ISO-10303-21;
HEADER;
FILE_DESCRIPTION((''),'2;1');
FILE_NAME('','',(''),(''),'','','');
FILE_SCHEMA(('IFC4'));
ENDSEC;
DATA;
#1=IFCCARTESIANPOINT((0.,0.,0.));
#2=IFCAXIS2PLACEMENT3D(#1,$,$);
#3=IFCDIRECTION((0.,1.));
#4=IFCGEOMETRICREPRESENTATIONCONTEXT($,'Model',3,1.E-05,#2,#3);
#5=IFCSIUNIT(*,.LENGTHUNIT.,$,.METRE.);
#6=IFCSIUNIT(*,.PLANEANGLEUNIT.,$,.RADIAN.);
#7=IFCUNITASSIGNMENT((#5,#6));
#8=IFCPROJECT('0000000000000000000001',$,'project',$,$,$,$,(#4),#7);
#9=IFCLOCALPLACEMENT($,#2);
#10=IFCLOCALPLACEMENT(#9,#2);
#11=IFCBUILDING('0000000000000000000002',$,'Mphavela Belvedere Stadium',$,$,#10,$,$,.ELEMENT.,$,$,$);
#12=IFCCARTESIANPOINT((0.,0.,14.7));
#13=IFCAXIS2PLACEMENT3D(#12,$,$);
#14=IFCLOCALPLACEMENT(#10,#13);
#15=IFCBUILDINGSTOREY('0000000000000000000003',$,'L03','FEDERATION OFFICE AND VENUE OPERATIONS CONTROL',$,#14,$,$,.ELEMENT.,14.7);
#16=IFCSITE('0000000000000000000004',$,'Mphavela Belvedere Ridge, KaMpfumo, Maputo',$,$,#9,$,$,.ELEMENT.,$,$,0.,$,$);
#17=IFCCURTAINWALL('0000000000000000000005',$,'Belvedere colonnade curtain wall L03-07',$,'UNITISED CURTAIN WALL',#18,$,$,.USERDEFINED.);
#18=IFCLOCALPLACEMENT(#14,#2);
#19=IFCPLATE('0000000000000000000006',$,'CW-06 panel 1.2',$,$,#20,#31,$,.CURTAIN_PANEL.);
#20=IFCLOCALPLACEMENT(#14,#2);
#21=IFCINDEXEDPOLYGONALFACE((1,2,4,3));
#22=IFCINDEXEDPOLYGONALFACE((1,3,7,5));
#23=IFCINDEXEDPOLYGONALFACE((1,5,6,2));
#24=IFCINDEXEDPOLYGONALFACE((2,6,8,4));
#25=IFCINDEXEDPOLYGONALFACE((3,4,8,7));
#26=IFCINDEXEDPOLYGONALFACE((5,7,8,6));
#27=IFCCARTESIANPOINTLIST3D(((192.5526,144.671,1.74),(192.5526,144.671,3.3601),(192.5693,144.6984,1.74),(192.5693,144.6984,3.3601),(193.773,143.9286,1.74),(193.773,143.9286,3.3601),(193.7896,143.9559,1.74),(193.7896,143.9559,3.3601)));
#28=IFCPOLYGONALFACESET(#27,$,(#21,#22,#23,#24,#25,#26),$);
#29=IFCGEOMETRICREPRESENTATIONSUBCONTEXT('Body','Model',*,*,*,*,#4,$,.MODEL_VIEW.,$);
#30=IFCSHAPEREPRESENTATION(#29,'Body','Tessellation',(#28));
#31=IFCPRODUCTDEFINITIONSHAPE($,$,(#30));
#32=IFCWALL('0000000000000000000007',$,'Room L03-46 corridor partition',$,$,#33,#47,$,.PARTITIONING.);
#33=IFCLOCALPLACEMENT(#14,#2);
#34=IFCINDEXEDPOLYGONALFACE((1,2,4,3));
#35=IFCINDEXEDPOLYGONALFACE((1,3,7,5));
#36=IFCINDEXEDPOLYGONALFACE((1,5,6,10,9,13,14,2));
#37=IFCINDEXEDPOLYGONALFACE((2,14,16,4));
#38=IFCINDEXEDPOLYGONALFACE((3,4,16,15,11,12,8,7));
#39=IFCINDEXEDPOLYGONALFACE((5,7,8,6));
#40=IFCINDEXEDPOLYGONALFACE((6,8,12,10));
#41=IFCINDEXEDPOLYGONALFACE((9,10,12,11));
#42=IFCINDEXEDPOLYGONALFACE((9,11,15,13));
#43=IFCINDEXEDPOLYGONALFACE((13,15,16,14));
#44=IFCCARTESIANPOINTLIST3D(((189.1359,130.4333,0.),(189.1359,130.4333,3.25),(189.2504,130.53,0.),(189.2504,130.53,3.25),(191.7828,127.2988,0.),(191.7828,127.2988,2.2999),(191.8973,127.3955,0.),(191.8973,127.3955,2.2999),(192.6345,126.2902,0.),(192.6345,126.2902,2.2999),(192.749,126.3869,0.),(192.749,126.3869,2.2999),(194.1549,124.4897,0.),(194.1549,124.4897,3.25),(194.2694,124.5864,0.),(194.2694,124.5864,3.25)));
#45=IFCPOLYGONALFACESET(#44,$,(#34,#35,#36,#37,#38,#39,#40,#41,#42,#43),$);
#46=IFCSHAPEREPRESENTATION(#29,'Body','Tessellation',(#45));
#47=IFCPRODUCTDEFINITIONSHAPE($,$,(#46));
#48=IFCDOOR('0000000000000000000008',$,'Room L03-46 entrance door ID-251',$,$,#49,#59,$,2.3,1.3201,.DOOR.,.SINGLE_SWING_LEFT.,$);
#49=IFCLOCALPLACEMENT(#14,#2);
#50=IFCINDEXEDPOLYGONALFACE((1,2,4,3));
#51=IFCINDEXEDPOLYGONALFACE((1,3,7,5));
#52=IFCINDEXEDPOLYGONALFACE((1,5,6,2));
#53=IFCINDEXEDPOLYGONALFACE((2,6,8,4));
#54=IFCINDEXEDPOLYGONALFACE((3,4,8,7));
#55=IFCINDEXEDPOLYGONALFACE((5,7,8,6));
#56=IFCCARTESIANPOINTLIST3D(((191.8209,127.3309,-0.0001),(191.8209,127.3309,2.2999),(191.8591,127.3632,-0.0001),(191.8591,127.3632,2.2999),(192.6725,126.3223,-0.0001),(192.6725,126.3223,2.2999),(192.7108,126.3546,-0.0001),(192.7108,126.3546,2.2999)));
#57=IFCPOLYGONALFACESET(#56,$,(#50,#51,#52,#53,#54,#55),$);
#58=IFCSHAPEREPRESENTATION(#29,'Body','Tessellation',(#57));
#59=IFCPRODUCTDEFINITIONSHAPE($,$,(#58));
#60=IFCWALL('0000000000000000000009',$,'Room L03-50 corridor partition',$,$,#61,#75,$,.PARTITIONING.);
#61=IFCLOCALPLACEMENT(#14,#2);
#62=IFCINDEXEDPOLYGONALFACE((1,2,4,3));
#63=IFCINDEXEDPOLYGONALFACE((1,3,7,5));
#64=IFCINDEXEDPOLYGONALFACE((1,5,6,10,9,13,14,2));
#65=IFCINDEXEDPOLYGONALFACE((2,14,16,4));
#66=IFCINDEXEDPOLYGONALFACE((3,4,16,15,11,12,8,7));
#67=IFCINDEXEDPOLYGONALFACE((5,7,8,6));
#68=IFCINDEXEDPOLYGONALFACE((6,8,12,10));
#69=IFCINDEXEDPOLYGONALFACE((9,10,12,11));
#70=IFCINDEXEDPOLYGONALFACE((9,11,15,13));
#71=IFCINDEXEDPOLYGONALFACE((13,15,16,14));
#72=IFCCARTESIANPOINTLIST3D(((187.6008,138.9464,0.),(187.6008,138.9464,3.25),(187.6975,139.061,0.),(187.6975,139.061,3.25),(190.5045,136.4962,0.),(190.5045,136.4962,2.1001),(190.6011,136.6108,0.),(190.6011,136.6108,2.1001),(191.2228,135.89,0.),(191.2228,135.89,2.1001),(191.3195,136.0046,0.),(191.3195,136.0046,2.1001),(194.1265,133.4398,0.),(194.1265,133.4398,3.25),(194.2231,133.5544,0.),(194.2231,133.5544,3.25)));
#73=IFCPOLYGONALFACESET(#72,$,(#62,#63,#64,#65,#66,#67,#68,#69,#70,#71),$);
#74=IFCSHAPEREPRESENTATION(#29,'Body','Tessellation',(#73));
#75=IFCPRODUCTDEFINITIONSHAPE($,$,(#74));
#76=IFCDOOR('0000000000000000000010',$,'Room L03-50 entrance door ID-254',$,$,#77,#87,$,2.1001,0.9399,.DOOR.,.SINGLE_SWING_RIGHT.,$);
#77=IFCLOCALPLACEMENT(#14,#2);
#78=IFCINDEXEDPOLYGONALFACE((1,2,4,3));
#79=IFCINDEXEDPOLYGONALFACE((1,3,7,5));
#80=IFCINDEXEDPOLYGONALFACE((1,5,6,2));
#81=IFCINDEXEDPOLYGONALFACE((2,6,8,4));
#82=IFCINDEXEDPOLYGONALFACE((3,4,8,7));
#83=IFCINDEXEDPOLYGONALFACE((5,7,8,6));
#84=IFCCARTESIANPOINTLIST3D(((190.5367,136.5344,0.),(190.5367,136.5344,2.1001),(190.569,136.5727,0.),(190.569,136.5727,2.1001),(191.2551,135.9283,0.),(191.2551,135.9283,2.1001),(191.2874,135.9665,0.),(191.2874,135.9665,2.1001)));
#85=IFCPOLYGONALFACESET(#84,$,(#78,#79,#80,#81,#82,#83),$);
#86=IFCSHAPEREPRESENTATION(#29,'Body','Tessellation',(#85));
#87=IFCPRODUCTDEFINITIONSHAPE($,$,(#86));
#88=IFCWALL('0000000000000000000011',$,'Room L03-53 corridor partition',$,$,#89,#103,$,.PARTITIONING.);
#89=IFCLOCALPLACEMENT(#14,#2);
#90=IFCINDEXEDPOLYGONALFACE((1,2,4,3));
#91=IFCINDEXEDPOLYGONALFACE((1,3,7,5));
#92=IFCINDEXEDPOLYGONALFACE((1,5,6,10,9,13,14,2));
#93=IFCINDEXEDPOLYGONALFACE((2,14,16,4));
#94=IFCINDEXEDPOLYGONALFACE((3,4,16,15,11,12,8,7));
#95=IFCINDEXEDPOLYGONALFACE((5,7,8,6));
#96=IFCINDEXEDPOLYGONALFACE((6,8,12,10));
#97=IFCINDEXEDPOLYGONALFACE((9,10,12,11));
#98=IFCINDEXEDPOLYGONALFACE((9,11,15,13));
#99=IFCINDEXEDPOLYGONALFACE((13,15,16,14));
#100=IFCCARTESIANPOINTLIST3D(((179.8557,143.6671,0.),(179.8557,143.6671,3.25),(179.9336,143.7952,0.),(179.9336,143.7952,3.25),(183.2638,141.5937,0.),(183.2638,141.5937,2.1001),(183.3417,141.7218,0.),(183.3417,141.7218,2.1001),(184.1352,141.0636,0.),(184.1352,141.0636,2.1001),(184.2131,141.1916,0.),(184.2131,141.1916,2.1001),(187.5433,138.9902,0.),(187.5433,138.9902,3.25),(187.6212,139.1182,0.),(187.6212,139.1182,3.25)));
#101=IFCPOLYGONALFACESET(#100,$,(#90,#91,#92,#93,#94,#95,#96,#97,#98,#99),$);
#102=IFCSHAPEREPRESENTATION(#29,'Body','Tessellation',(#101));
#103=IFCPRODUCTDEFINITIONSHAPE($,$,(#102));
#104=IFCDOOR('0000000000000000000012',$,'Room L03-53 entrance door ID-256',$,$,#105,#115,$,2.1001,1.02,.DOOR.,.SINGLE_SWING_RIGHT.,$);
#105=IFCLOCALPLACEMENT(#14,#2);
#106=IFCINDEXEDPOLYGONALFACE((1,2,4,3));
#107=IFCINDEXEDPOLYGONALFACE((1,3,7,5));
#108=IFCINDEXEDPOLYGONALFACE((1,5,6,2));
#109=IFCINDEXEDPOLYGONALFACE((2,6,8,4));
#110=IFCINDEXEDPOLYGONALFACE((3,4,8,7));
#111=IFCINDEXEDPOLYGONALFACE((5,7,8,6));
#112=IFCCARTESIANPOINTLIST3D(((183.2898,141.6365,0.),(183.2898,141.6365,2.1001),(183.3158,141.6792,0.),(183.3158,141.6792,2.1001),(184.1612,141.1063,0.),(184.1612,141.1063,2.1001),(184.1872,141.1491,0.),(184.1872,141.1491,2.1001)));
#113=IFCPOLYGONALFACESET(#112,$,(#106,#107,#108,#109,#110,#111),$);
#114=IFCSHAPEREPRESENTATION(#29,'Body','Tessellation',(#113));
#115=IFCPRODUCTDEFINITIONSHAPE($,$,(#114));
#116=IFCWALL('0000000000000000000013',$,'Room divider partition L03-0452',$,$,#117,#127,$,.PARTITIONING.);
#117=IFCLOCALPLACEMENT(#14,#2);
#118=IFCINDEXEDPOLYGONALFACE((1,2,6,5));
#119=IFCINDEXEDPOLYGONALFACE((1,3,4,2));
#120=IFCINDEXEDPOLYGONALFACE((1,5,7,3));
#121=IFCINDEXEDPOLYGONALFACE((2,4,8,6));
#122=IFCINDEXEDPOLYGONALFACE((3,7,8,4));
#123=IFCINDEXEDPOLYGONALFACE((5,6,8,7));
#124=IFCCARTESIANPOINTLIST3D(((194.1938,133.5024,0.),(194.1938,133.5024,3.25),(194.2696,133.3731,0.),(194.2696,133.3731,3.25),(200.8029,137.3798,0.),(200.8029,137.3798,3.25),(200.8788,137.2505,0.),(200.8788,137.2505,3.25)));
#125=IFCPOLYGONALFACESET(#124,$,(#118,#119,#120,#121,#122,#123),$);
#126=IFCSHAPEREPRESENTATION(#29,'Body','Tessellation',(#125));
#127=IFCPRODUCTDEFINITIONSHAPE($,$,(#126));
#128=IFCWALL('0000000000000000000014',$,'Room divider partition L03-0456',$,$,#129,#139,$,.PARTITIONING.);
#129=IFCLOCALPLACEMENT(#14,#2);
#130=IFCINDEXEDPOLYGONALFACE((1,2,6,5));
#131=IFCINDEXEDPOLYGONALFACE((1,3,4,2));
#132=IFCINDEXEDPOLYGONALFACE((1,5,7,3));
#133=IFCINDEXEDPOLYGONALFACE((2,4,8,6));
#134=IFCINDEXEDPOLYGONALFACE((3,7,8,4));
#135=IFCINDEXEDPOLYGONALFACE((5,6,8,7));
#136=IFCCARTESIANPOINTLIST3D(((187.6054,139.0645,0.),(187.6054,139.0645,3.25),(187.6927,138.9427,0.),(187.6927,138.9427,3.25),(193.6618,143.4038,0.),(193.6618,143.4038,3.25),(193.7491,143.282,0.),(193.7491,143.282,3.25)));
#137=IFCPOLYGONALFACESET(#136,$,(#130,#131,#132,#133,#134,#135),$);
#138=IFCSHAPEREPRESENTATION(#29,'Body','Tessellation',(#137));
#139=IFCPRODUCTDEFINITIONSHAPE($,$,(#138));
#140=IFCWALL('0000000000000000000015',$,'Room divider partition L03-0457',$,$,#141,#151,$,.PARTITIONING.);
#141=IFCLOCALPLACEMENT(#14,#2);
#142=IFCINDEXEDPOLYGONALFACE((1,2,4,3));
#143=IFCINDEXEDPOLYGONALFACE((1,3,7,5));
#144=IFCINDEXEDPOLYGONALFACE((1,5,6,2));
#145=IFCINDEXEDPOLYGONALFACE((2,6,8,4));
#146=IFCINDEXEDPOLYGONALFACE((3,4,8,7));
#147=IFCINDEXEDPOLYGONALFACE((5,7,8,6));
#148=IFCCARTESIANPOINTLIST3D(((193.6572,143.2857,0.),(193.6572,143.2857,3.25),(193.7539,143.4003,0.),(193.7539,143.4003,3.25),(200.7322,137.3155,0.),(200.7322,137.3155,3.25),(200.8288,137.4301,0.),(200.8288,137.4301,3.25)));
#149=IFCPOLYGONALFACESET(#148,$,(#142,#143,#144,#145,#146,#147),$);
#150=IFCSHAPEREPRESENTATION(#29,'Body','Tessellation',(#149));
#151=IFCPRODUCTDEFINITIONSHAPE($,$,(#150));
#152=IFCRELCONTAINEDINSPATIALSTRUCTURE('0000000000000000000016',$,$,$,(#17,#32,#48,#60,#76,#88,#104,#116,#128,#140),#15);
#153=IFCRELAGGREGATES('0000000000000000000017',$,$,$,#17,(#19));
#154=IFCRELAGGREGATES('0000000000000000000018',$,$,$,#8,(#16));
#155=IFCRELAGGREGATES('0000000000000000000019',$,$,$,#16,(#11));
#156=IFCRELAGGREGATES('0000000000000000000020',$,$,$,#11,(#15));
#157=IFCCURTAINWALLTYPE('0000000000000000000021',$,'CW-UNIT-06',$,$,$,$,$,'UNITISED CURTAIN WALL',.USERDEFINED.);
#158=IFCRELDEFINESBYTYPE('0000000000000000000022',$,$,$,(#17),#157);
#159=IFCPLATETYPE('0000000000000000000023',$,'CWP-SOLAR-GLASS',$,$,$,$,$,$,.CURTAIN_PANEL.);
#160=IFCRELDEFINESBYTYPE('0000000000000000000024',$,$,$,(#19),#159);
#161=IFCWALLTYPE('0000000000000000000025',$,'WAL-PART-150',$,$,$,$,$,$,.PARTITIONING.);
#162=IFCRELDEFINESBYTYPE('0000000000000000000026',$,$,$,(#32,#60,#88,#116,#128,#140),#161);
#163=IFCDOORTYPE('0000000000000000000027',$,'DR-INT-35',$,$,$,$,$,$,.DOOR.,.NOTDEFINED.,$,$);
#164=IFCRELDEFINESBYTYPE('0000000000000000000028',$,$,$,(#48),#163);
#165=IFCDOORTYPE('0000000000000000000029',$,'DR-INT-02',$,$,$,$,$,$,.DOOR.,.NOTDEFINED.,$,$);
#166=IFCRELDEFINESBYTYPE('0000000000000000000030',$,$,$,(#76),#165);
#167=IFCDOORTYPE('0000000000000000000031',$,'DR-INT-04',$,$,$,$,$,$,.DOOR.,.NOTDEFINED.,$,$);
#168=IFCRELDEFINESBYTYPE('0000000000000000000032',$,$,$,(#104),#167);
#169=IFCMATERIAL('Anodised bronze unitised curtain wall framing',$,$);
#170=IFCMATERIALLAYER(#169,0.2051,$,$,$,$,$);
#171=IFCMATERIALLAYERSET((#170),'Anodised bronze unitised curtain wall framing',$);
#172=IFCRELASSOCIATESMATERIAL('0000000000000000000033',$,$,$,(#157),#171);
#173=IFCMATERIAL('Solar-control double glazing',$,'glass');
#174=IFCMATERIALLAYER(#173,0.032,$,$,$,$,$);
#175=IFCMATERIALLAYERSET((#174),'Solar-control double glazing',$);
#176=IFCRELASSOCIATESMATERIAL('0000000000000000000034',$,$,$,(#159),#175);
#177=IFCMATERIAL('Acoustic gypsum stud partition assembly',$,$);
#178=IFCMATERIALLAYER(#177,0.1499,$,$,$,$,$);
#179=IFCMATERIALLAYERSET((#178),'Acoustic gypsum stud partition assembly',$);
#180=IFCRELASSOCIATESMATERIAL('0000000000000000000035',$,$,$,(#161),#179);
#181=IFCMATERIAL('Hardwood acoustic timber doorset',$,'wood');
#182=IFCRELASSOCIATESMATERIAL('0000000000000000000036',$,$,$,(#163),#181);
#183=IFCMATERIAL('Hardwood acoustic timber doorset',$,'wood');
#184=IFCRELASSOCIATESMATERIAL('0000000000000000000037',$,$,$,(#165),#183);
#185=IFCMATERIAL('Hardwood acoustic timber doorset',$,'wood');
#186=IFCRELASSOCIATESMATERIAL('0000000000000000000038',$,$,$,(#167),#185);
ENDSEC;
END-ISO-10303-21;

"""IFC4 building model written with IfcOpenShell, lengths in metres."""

from ifc_helpers import new_model, si_unit, direction, frame, frame_2d, origin, origin_2d, place, context, subcontext, project, spatial, rectangle, extrude, material, layer, layer_set, type_object, element, fill, aggregate, save


model = new_model("IFC4")

# Units and contexts
model_context = context("Model", 3, precision=1e-05, world=origin(), true_north=direction((0.0, 1.0)))
body_context = subcontext(model_context, "Body", "Model", "MODEL_VIEW")
ifc_project = project(units=[si_unit("LENGTHUNIT", "METRE"), si_unit("PLANEANGLEUNIT", "RADIAN")], contexts=[model_context])

# Site, building, storey
site_placement = place(None, origin())
site = spatial("IfcSite", under=ifc_project, at=site_placement, Name="Mphavela Belvedere Ridge, KaMpfumo, Maputo", CompositionType="ELEMENT", RefElevation=0.0)
building_placement = place(site_placement, origin())
building = spatial("IfcBuilding", under=site, at=building_placement, Name="Mphavela Belvedere Stadium", CompositionType="ELEMENT")
storey_placement = place(building_placement, frame((0.0, 0.0, 14.7)))
storey = spatial("IfcBuildingStorey", under=building, at=storey_placement, Name="L03", Description="FEDERATION OFFICE AND VENUE OPERATIONS CONTROL", CompositionType="ELEMENT", Elevation=14.7)

# Curtain wall
ifc_material_1 = material(Name="Anodised bronze unitised curtain wall framing")
ifc_layer_1 = layer(ifc_material_1, 0.2051)
ifc_layer_set_1 = layer_set([ifc_layer_1], Name="Anodised bronze unitised curtain wall framing")
curtain_wall_type_1 = type_object("IfcCurtainWallType", Name="CW-UNIT-06", ElementType="UNITISED CURTAIN WALL", PredefinedType="USERDEFINED", material=ifc_layer_set_1)
curtain_wall_1_placement = place(storey_placement, origin())
curtain_wall_1 = element("IfcCurtainWall", 1, at=curtain_wall_1_placement, inside=storey, type_object=curtain_wall_type_1, Name="Belvedere colonnade curtain wall L03-07", ObjectType="UNITISED CURTAIN WALL", PredefinedType="USERDEFINED")

# Plate
ifc_material_2 = material(Name="Solar-control double glazing", Category="glass")
ifc_layer_2 = layer(ifc_material_2, 0.032)
ifc_layer_set_2 = layer_set([ifc_layer_2], Name="Solar-control double glazing")
plate_type = type_object("IfcPlateType", Name="CWP-SOLAR-GLASS", PredefinedType="CURTAIN_PANEL", material=ifc_layer_set_2)
plate_1_placement = place(storey_placement, frame((193.1711, 144.3135, 1.74), z_axis=(0.0, 0.0, 1.0), x_axis=(-0.854325, 0.519738, 0.0)))
plate_1 = element("IfcPlate", 2, at=plate_1_placement, type_object=plate_type, Name="CW-06 panel 1.2", PredefinedType="CURTAIN_PANEL", context=body_context, shape_type="SweptSolid", body=[
    extrude(rectangle(XDim=1.4285, YDim=0.032, at=origin_2d()), origin(), (0.0, 0.0, 1.0), 1.6201),
])
aggregate(curtain_wall_1, [plate_1])

# Walls, openings, doors
ifc_material_3 = material(Name="Acoustic gypsum stud partition assembly")
ifc_layer_3 = layer(ifc_material_3, 0.1499)
ifc_layer_set_3 = layer_set([ifc_layer_3], Name="Acoustic gypsum stud partition assembly")
wall_type = type_object("IfcWallType", Name="WAL-PART-150", PredefinedType="PARTITIONING", material=ifc_layer_set_3)
wall_1_placement = place(storey_placement, frame((189.1931, 130.4817, 0.0), z_axis=(0.0, 0.0, 1.0), x_axis=(0.645181, -0.76403, 0.0)))
wall_1 = element("IfcWall", 3, at=wall_1_placement, inside=storey, type_object=wall_type, Name="Room L03-46 corridor partition", PredefinedType="PARTITIONING", context=body_context, shape_type="SweptSolid", body=[
    extrude(rectangle(XDim=7.7793, YDim=0.1499, at=frame_2d((3.8896, 0.0))), origin(), (0.0, 0.0, 1.0), 3.25),
])
opening_1_placement = place(wall_1_placement, frame((4.1025, 0.0, 0.0)))
opening_1 = element("IfcOpeningElement", 4, at=opening_1_placement, cuts=wall_1, PredefinedType="OPENING", context=body_context, shape_type="SweptSolid", body=[
    extrude(rectangle(XDim=1.3201, YDim=2.3, at=frame_2d((0.6602, 1.1499))), frame((0.0, 0.085, 0.0), z_axis=(0.0, -1.0, 0.0), x_axis=(1.0, 0.0, 0.0)), (0.0, 0.0, 1.0), 0.1699),
])
ifc_material_4 = material(Name="Hardwood acoustic timber doorset", Category="wood")
door_type_1 = type_object("IfcDoorType", Name="DR-INT-35", OperationType="NOTDEFINED", PredefinedType="DOOR", material=ifc_material_4)
door_1_placement = place(opening_1_placement, origin())
door_1 = element("IfcDoor", 5, at=door_1_placement, inside=storey, type_object=door_type_1, Name="Room L03-46 entrance door ID-251", OperationType="SINGLE_SWING_LEFT", OverallHeight=2.3, OverallWidth=1.3201, PredefinedType="DOOR", context=body_context, shape_type="SweptSolid", body=[
    extrude(rectangle(XDim=1.3201, YDim=2.3, at=frame_2d((0.6602, 1.1499))), frame((0.0, 0.0249, 0.0), z_axis=(0.0, -1.0, 0.0), x_axis=(1.0, 0.0, 0.0)), (0.0, 0.0, 1.0), 0.05),
])
fill(opening_1, door_1)
wall_2_placement = place(storey_placement, frame((194.1748, 133.4971, 0.0), z_axis=(0.0, 0.0, 1.0), x_axis=(-0.764258, 0.644911, 0.0)))
wall_2 = element("IfcWall", 6, at=wall_2_placement, inside=storey, type_object=wall_type, Name="Room L03-50 corridor partition", PredefinedType="PARTITIONING", context=body_context, shape_type="SweptSolid", body=[
    extrude(rectangle(XDim=8.5386, YDim=0.1499, at=frame_2d((4.2693, 0.0))), origin(), (0.0, 0.0, 1.0), 3.25),
])
opening_2_placement = place(wall_2_placement, frame((3.7993, 0.0, 0.0)))
opening_2 = element("IfcOpeningElement", 7, at=opening_2_placement, cuts=wall_2, PredefinedType="OPENING", context=body_context, shape_type="SweptSolid", body=[
    extrude(rectangle(XDim=0.9399, YDim=2.1001, at=frame_2d((0.47, 1.05))), frame((0.0, 0.085, 0.0), z_axis=(0.0, -1.0, 0.0), x_axis=(1.0, 0.0, 0.0)), (0.0, 0.0, 1.0), 0.1699),
])
ifc_material_5 = material(Name="Hardwood acoustic timber doorset", Category="wood")
door_type_2 = type_object("IfcDoorType", Name="DR-INT-02", OperationType="NOTDEFINED", PredefinedType="DOOR", material=ifc_material_5)
door_2_placement = place(opening_2_placement, origin())
door_2 = element("IfcDoor", 8, at=door_2_placement, inside=storey, type_object=door_type_2, Name="Room L03-50 entrance door ID-254", OperationType="SINGLE_SWING_RIGHT", OverallHeight=2.1001, OverallWidth=0.9399, PredefinedType="DOOR", context=body_context, shape_type="SweptSolid", body=[
    extrude(rectangle(XDim=0.9399, YDim=2.1001, at=frame_2d((0.47, 1.05))), frame((0.0, 0.0249, 0.0), z_axis=(0.0, -1.0, 0.0), x_axis=(1.0, 0.0, 0.0)), (0.0, 0.0, 1.0), 0.05),
])
fill(opening_2, door_2)
wall_3_placement = place(storey_placement, frame((187.5823, 139.0542, 0.0), z_axis=(0.0, 0.0, 1.0), x_axis=(-0.854322, 0.519745, 0.0)))
wall_3 = element("IfcWall", 9, at=wall_3_placement, inside=storey, type_object=wall_type, Name="Room L03-53 corridor partition", PredefinedType="PARTITIONING", context=body_context, shape_type="SweptSolid", body=[
    extrude(rectangle(XDim=8.9985, YDim=0.1499, at=frame_2d((4.4993, 0.0))), origin(), (0.0, 0.0, 1.0), 3.25),
])
opening_3_placement = place(wall_3_placement, frame((3.9893, 0.0, 0.0)))
opening_3 = element("IfcOpeningElement", 10, at=opening_3_placement, cuts=wall_3, PredefinedType="OPENING", context=body_context, shape_type="SweptSolid", body=[
    extrude(rectangle(XDim=1.02, YDim=2.1001, at=frame_2d((0.51, 1.05))), frame((0.0, 0.085, 0.0), z_axis=(0.0, -1.0, 0.0), x_axis=(1.0, 0.0, 0.0)), (0.0, 0.0, 1.0), 0.1699),
])
ifc_material_6 = material(Name="Hardwood acoustic timber doorset", Category="wood")
door_type_3 = type_object("IfcDoorType", Name="DR-INT-04", OperationType="NOTDEFINED", PredefinedType="DOOR", material=ifc_material_6)
door_3_placement = place(opening_3_placement, origin())
door_3 = element("IfcDoor", 11, at=door_3_placement, inside=storey, type_object=door_type_3, Name="Room L03-53 entrance door ID-256", OperationType="SINGLE_SWING_RIGHT", OverallHeight=2.1001, OverallWidth=1.02, PredefinedType="DOOR", context=body_context, shape_type="SweptSolid", body=[
    extrude(rectangle(XDim=1.02, YDim=2.1001, at=frame_2d((0.51, 1.05))), frame((0.0, 0.0249, 0.0), z_axis=(0.0, -1.0, 0.0), x_axis=(1.0, 0.0, 0.0)), (0.0, 0.0, 1.0), 0.05),
])
fill(opening_3, door_3)

# Walls
wall_4_placement = place(storey_placement, frame((194.2317, 133.4377, 0.0), z_axis=(0.0, 0.0, 1.0), x_axis=(0.86252, 0.506023, 0.0)))
element("IfcWall", 12, at=wall_4_placement, inside=storey, type_object=wall_type, Name="Room divider partition L03-0452", PredefinedType="PARTITIONING", context=body_context, shape_type="SweptSolid", body=[
    extrude(rectangle(XDim=7.6626, YDim=0.1499, at=frame_2d((3.8313, 0.0))), origin(), (0.0, 0.0, 1.0), 3.25),
])
wall_5_placement = place(storey_placement, frame((187.6492, 139.0037, 0.0), z_axis=(0.0, 0.0, 1.0), x_axis=(0.812885, 0.582425, 0.0)))
element("IfcWall", 13, at=wall_5_placement, inside=storey, type_object=wall_type, Name="Room divider partition L03-0456", PredefinedType="PARTITIONING", context=body_context, shape_type="SweptSolid", body=[
    extrude(rectangle(XDim=7.4504, YDim=0.1499, at=frame_2d((3.7251, 0.0))), origin(), (0.0, 0.0, 1.0), 3.25),
])
wall_6_placement = place(storey_placement, frame((193.7056, 143.343, 0.0), z_axis=(0.0, 0.0, 1.0), x_axis=(0.764253, -0.644917, 0.0)))
element("IfcWall", 14, at=wall_6_placement, inside=storey, type_object=wall_type, Name="Room divider partition L03-0457", PredefinedType="PARTITIONING", context=body_context, shape_type="SweptSolid", body=[
    extrude(rectangle(XDim=9.2573, YDim=0.1499, at=frame_2d((4.6287, 0.0))), origin(), (0.0, 0.0, 1.0), 3.25),
])

save(model, "model.ifc")
